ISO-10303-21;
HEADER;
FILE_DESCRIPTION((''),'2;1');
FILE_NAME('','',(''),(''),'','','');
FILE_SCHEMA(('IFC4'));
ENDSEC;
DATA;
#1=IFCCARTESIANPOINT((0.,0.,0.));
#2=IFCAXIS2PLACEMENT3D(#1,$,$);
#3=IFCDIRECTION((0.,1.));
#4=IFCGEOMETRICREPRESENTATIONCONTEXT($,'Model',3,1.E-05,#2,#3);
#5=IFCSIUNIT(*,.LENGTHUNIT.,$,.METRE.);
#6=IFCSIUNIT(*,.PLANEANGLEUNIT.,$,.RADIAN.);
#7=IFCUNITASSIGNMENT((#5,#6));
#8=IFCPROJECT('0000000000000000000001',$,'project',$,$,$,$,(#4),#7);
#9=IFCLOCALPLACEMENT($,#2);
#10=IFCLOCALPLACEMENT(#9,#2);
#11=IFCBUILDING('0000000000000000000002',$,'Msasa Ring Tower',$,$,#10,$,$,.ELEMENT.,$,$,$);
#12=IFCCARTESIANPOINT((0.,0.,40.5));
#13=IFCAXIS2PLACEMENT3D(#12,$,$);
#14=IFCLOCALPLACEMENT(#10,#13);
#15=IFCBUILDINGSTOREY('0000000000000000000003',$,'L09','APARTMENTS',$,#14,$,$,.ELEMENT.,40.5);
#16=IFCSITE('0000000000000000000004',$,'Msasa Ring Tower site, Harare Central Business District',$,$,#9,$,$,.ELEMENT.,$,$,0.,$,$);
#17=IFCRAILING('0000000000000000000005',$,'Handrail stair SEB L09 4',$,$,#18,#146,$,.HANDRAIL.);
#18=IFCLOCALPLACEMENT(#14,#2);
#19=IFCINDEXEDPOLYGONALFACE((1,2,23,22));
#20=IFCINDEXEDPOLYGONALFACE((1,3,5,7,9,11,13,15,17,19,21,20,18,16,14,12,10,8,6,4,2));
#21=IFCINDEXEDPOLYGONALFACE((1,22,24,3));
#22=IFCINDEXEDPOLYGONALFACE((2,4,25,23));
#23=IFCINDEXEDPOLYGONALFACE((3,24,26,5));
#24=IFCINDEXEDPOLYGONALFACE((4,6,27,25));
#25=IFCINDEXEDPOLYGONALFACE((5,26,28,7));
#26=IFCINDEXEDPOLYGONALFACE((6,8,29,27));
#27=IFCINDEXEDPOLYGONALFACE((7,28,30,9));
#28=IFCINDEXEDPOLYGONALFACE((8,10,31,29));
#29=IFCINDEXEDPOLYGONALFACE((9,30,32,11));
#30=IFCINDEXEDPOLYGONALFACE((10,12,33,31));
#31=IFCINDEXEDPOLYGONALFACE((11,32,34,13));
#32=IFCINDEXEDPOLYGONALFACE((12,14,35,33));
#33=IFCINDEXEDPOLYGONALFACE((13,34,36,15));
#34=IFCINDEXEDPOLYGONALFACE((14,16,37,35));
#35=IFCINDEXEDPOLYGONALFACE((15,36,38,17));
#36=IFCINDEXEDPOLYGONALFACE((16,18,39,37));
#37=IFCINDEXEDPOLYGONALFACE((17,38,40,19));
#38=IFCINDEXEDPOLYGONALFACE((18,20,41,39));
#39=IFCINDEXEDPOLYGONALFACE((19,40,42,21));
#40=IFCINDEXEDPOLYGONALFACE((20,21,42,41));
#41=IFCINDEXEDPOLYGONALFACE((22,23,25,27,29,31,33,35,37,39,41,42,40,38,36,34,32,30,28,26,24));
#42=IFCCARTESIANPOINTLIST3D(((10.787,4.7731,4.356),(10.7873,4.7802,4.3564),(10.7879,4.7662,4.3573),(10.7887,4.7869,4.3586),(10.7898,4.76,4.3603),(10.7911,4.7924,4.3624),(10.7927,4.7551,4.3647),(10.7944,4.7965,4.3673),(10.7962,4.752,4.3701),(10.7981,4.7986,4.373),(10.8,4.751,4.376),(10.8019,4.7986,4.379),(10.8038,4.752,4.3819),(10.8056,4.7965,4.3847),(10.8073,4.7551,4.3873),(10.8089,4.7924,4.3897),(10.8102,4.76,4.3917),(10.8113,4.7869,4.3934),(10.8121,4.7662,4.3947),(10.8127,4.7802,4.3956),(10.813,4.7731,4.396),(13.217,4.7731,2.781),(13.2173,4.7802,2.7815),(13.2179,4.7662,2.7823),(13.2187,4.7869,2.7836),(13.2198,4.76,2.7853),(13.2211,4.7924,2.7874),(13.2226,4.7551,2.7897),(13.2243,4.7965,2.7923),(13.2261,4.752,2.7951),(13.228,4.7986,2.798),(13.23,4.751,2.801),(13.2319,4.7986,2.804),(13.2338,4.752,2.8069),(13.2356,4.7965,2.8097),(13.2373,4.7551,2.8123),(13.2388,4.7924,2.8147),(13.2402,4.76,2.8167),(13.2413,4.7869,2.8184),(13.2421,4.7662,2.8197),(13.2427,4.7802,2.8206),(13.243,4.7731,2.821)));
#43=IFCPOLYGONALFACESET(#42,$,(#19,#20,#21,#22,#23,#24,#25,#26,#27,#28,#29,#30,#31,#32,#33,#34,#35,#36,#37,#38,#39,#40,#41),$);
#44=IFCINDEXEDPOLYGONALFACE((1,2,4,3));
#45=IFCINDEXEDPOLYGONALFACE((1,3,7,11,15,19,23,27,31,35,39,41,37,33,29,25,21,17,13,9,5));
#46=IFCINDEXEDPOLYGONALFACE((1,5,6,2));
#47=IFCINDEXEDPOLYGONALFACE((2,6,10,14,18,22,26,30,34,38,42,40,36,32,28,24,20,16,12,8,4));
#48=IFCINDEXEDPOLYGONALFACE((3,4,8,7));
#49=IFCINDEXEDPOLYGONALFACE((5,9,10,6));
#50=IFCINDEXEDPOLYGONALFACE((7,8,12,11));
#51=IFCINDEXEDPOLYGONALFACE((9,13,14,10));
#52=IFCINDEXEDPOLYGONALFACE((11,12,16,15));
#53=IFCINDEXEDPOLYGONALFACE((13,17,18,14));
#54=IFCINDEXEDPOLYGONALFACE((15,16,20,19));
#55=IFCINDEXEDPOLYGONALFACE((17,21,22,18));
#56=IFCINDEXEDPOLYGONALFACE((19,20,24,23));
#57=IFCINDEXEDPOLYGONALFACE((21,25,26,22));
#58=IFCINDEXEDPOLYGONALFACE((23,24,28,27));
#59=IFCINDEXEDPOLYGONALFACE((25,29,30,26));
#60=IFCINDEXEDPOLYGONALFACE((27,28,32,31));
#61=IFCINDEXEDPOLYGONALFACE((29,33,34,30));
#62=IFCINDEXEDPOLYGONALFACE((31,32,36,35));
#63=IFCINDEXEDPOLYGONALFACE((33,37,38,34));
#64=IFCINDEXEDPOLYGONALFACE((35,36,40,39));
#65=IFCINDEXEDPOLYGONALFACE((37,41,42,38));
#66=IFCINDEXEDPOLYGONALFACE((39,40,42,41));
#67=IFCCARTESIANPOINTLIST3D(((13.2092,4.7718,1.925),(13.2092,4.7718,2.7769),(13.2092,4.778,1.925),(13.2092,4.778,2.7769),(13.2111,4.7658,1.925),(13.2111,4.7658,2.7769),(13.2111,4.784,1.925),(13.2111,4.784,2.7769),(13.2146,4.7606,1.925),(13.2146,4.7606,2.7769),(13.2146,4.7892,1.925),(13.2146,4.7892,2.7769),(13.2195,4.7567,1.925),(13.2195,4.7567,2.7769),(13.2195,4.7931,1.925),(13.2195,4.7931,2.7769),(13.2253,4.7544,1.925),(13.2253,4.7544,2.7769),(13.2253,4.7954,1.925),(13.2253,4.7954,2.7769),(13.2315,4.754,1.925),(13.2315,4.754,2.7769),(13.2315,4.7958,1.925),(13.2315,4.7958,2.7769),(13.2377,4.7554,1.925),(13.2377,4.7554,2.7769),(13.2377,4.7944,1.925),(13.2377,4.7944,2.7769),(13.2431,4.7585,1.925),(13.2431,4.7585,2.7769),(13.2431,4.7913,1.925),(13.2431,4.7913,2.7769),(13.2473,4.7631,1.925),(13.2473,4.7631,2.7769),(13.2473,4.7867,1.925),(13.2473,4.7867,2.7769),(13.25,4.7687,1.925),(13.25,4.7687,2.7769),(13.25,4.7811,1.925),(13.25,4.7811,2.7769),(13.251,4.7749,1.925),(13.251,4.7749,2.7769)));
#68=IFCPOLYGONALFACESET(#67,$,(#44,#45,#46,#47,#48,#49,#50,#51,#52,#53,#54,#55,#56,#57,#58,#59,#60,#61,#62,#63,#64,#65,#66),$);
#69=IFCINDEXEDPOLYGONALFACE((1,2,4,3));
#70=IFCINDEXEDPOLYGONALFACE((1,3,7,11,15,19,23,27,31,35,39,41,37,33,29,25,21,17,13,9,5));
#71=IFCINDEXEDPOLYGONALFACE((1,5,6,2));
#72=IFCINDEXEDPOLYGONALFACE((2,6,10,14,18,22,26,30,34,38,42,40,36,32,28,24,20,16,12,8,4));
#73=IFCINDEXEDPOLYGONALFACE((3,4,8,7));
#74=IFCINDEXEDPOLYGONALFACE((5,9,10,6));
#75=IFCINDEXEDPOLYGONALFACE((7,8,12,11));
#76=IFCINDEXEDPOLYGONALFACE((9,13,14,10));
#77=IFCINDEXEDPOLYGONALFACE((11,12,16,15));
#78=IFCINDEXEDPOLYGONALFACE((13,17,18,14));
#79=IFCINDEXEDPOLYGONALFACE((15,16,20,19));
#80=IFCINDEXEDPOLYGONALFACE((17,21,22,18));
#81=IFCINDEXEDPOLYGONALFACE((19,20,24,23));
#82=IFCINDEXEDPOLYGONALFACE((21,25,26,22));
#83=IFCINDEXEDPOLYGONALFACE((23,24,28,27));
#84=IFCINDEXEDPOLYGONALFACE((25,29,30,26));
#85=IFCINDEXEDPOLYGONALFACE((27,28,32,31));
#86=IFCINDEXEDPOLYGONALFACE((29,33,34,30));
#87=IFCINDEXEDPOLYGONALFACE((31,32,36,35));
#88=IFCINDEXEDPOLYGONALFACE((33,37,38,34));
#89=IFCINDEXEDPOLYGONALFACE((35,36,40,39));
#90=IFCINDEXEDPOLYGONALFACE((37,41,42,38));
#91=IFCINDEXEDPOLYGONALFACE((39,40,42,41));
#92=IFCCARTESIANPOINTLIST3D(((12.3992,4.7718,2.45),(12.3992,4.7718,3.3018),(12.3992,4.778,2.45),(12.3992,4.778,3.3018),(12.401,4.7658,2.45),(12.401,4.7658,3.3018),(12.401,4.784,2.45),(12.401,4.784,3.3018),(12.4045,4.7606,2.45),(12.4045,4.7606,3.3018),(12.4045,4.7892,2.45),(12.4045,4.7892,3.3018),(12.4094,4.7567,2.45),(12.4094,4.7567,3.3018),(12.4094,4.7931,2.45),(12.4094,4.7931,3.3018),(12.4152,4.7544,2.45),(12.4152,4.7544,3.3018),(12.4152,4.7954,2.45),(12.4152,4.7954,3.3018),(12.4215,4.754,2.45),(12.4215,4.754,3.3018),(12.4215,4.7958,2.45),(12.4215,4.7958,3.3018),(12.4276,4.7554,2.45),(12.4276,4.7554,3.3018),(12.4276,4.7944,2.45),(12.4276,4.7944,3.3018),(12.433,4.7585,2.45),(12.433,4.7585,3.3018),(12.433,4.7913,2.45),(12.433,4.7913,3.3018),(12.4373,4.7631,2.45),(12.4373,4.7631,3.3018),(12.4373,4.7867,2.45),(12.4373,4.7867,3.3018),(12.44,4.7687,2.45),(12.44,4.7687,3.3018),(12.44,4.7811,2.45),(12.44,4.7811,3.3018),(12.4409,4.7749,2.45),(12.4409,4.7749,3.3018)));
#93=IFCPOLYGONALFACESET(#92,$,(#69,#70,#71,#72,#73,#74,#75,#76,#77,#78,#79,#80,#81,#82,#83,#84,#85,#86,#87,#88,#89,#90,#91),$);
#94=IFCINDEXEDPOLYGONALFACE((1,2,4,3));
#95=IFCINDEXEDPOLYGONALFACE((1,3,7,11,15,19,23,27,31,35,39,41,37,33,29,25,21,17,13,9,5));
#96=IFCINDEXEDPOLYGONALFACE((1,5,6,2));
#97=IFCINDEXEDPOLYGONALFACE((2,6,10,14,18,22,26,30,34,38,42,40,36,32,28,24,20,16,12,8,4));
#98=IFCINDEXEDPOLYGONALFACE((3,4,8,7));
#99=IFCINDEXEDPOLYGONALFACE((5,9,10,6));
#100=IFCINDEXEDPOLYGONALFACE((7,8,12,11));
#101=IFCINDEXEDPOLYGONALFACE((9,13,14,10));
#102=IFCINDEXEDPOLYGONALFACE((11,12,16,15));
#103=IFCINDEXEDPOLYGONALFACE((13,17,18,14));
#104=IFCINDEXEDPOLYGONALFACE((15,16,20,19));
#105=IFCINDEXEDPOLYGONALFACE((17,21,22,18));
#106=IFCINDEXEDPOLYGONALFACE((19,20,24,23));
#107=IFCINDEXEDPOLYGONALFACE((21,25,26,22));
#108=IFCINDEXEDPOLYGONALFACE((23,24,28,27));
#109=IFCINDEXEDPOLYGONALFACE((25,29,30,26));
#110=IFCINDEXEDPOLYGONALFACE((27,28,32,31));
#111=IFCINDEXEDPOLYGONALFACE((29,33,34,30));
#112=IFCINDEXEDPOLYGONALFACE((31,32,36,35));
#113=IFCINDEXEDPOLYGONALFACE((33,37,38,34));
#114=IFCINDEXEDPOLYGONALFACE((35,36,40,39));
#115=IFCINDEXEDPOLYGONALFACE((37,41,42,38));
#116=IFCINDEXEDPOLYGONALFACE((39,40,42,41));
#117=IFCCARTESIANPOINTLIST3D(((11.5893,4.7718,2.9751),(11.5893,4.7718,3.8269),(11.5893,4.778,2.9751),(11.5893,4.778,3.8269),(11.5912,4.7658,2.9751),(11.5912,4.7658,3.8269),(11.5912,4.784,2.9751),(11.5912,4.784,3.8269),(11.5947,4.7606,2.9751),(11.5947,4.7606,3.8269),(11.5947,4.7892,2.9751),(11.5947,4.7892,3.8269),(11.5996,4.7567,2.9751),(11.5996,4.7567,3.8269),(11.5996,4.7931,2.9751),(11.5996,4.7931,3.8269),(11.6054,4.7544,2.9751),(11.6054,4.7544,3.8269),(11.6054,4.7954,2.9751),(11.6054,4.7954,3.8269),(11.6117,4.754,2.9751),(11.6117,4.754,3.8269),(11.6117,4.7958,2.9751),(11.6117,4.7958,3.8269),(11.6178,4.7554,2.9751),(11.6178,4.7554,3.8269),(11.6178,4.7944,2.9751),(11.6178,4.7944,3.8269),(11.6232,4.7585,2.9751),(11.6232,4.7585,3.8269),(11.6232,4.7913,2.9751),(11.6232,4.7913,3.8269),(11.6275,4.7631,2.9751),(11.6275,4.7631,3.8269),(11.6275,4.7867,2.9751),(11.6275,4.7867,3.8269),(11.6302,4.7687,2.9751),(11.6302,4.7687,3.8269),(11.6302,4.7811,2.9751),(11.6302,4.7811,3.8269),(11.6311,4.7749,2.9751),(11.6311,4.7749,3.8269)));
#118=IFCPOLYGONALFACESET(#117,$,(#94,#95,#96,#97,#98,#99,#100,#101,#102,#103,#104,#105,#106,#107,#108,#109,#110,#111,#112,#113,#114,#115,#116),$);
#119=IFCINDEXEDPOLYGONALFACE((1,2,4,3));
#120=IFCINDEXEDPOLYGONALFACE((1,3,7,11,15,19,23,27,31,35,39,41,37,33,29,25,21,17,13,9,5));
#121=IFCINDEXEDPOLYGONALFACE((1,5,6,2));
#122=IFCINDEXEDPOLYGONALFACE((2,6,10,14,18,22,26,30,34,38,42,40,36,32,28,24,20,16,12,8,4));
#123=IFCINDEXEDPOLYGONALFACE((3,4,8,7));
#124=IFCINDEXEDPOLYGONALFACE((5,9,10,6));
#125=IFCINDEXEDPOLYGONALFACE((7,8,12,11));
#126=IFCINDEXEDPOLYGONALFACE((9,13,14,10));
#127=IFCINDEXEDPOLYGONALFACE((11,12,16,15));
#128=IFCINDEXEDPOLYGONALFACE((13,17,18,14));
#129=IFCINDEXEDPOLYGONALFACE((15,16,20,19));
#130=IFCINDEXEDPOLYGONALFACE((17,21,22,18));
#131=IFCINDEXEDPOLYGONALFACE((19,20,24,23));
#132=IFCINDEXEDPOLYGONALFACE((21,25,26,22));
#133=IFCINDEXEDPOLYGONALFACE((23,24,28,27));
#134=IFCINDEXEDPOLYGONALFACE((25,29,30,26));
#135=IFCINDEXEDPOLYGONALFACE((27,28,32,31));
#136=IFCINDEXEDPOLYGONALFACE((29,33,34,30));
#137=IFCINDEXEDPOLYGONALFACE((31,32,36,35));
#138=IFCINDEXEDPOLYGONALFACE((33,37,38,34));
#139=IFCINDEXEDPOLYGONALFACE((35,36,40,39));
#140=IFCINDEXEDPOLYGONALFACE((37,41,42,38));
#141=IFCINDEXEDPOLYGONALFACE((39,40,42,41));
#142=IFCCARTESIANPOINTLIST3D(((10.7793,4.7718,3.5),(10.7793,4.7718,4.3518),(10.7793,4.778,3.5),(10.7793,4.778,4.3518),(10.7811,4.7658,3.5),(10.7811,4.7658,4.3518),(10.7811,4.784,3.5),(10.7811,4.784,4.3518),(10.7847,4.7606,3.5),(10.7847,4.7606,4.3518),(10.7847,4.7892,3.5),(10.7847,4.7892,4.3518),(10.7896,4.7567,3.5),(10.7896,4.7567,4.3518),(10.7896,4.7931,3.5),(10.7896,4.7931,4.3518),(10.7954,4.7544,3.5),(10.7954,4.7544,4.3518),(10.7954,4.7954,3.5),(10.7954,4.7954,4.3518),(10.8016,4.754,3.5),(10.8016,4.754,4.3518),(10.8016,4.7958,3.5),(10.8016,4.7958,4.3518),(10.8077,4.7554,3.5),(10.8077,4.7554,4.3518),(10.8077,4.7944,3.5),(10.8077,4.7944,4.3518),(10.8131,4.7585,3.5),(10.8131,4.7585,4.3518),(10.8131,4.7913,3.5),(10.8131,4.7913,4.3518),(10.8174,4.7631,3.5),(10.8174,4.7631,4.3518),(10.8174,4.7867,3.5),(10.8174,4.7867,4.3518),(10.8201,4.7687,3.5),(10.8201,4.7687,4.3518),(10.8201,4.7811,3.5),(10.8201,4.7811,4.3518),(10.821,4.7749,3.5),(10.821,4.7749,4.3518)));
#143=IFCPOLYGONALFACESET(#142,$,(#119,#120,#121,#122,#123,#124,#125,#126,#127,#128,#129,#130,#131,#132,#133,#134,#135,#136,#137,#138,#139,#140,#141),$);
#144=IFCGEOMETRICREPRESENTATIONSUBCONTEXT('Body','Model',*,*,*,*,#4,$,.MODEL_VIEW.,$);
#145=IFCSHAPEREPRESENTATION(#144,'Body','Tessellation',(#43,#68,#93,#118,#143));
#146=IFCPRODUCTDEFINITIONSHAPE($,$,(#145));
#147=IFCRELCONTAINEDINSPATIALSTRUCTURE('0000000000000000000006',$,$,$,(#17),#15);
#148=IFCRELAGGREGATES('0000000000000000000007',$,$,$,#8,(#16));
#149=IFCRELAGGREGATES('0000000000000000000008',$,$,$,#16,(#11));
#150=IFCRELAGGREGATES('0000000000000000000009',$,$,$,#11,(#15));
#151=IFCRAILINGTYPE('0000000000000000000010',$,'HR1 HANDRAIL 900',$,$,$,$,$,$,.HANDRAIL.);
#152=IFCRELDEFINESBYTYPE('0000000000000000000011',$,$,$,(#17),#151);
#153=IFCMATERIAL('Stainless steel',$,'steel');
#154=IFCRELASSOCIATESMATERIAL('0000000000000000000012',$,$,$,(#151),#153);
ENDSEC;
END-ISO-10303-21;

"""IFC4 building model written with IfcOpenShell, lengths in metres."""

from ifc_helpers import new_model, si_unit, direction, frame, origin, origin_2d, place, context, subcontext, project, spatial, circle, extrude, material, type_object, element, save


model = new_model("IFC4")

# Units and contexts
model_context = context("Model", 3, precision=1e-05, world=origin(), true_north=direction((0.0, 1.0)))
body_context = subcontext(model_context, "Body", "Model", "MODEL_VIEW")
ifc_project = project(units=[si_unit("LENGTHUNIT", "METRE"), si_unit("PLANEANGLEUNIT", "RADIAN")], contexts=[model_context])

# Site, building, storey
site_placement = place(None, origin())
site = spatial("IfcSite", under=ifc_project, at=site_placement, Name="Msasa Ring Tower site, Harare Central Business District", CompositionType="ELEMENT", RefElevation=0.0)
building_placement = place(site_placement, origin())
building = spatial("IfcBuilding", under=site, at=building_placement, Name="Msasa Ring Tower", CompositionType="ELEMENT")
storey_placement = place(building_placement, frame((0.0, 0.0, 40.5)))
storey = spatial("IfcBuildingStorey", under=building, at=storey_placement, Name="L09", Description="APARTMENTS", CompositionType="ELEMENT", Elevation=40.5)

# Railing
ifc_material_1 = material(Name="Stainless steel", Category="steel")
railing_type = type_object("IfcRailingType", Name="HR1 HANDRAIL 900", PredefinedType="HANDRAIL", material=ifc_material_1)
for number, where, name in (
    (1, (13.23, 4.7749, 1.925), "Handrail stair SEB L09 4"),
):
    element("IfcRailing", number, at=place(storey_placement, frame(where)), inside=storey, type_object=railing_type, Name=name, PredefinedType="HANDRAIL", context=body_context, shape_type="SweptSolid", body=[
        extrude(circle(Radius=0.0239, at=origin_2d()), frame((0.0, 0.0, 0.876), z_axis=(-0.839154, 0.0, 0.543894), x_axis=(0.0, -1.0, 0.0)), (0.0, 0.0, 1.0), 2.8958),
        extrude(circle(Radius=0.021, at=origin_2d()), origin(), (0.0, 0.0, 1.0), 0.8518),
        extrude(circle(Radius=0.021, at=origin_2d()), frame((-0.8101, 0.0, 0.5249)), (0.0, 0.0, 1.0), 0.8518),
        extrude(circle(Radius=0.021, at=origin_2d()), frame((-1.6199, 0.0, 1.05)), (0.0, 0.0, 1.0), 0.8518),
        extrude(circle(Radius=0.021, at=origin_2d()), frame((-2.4299, 0.0, 1.575)), (0.0, 0.0, 1.0), 0.8518),
    ])

save(model, "model.ifc")
